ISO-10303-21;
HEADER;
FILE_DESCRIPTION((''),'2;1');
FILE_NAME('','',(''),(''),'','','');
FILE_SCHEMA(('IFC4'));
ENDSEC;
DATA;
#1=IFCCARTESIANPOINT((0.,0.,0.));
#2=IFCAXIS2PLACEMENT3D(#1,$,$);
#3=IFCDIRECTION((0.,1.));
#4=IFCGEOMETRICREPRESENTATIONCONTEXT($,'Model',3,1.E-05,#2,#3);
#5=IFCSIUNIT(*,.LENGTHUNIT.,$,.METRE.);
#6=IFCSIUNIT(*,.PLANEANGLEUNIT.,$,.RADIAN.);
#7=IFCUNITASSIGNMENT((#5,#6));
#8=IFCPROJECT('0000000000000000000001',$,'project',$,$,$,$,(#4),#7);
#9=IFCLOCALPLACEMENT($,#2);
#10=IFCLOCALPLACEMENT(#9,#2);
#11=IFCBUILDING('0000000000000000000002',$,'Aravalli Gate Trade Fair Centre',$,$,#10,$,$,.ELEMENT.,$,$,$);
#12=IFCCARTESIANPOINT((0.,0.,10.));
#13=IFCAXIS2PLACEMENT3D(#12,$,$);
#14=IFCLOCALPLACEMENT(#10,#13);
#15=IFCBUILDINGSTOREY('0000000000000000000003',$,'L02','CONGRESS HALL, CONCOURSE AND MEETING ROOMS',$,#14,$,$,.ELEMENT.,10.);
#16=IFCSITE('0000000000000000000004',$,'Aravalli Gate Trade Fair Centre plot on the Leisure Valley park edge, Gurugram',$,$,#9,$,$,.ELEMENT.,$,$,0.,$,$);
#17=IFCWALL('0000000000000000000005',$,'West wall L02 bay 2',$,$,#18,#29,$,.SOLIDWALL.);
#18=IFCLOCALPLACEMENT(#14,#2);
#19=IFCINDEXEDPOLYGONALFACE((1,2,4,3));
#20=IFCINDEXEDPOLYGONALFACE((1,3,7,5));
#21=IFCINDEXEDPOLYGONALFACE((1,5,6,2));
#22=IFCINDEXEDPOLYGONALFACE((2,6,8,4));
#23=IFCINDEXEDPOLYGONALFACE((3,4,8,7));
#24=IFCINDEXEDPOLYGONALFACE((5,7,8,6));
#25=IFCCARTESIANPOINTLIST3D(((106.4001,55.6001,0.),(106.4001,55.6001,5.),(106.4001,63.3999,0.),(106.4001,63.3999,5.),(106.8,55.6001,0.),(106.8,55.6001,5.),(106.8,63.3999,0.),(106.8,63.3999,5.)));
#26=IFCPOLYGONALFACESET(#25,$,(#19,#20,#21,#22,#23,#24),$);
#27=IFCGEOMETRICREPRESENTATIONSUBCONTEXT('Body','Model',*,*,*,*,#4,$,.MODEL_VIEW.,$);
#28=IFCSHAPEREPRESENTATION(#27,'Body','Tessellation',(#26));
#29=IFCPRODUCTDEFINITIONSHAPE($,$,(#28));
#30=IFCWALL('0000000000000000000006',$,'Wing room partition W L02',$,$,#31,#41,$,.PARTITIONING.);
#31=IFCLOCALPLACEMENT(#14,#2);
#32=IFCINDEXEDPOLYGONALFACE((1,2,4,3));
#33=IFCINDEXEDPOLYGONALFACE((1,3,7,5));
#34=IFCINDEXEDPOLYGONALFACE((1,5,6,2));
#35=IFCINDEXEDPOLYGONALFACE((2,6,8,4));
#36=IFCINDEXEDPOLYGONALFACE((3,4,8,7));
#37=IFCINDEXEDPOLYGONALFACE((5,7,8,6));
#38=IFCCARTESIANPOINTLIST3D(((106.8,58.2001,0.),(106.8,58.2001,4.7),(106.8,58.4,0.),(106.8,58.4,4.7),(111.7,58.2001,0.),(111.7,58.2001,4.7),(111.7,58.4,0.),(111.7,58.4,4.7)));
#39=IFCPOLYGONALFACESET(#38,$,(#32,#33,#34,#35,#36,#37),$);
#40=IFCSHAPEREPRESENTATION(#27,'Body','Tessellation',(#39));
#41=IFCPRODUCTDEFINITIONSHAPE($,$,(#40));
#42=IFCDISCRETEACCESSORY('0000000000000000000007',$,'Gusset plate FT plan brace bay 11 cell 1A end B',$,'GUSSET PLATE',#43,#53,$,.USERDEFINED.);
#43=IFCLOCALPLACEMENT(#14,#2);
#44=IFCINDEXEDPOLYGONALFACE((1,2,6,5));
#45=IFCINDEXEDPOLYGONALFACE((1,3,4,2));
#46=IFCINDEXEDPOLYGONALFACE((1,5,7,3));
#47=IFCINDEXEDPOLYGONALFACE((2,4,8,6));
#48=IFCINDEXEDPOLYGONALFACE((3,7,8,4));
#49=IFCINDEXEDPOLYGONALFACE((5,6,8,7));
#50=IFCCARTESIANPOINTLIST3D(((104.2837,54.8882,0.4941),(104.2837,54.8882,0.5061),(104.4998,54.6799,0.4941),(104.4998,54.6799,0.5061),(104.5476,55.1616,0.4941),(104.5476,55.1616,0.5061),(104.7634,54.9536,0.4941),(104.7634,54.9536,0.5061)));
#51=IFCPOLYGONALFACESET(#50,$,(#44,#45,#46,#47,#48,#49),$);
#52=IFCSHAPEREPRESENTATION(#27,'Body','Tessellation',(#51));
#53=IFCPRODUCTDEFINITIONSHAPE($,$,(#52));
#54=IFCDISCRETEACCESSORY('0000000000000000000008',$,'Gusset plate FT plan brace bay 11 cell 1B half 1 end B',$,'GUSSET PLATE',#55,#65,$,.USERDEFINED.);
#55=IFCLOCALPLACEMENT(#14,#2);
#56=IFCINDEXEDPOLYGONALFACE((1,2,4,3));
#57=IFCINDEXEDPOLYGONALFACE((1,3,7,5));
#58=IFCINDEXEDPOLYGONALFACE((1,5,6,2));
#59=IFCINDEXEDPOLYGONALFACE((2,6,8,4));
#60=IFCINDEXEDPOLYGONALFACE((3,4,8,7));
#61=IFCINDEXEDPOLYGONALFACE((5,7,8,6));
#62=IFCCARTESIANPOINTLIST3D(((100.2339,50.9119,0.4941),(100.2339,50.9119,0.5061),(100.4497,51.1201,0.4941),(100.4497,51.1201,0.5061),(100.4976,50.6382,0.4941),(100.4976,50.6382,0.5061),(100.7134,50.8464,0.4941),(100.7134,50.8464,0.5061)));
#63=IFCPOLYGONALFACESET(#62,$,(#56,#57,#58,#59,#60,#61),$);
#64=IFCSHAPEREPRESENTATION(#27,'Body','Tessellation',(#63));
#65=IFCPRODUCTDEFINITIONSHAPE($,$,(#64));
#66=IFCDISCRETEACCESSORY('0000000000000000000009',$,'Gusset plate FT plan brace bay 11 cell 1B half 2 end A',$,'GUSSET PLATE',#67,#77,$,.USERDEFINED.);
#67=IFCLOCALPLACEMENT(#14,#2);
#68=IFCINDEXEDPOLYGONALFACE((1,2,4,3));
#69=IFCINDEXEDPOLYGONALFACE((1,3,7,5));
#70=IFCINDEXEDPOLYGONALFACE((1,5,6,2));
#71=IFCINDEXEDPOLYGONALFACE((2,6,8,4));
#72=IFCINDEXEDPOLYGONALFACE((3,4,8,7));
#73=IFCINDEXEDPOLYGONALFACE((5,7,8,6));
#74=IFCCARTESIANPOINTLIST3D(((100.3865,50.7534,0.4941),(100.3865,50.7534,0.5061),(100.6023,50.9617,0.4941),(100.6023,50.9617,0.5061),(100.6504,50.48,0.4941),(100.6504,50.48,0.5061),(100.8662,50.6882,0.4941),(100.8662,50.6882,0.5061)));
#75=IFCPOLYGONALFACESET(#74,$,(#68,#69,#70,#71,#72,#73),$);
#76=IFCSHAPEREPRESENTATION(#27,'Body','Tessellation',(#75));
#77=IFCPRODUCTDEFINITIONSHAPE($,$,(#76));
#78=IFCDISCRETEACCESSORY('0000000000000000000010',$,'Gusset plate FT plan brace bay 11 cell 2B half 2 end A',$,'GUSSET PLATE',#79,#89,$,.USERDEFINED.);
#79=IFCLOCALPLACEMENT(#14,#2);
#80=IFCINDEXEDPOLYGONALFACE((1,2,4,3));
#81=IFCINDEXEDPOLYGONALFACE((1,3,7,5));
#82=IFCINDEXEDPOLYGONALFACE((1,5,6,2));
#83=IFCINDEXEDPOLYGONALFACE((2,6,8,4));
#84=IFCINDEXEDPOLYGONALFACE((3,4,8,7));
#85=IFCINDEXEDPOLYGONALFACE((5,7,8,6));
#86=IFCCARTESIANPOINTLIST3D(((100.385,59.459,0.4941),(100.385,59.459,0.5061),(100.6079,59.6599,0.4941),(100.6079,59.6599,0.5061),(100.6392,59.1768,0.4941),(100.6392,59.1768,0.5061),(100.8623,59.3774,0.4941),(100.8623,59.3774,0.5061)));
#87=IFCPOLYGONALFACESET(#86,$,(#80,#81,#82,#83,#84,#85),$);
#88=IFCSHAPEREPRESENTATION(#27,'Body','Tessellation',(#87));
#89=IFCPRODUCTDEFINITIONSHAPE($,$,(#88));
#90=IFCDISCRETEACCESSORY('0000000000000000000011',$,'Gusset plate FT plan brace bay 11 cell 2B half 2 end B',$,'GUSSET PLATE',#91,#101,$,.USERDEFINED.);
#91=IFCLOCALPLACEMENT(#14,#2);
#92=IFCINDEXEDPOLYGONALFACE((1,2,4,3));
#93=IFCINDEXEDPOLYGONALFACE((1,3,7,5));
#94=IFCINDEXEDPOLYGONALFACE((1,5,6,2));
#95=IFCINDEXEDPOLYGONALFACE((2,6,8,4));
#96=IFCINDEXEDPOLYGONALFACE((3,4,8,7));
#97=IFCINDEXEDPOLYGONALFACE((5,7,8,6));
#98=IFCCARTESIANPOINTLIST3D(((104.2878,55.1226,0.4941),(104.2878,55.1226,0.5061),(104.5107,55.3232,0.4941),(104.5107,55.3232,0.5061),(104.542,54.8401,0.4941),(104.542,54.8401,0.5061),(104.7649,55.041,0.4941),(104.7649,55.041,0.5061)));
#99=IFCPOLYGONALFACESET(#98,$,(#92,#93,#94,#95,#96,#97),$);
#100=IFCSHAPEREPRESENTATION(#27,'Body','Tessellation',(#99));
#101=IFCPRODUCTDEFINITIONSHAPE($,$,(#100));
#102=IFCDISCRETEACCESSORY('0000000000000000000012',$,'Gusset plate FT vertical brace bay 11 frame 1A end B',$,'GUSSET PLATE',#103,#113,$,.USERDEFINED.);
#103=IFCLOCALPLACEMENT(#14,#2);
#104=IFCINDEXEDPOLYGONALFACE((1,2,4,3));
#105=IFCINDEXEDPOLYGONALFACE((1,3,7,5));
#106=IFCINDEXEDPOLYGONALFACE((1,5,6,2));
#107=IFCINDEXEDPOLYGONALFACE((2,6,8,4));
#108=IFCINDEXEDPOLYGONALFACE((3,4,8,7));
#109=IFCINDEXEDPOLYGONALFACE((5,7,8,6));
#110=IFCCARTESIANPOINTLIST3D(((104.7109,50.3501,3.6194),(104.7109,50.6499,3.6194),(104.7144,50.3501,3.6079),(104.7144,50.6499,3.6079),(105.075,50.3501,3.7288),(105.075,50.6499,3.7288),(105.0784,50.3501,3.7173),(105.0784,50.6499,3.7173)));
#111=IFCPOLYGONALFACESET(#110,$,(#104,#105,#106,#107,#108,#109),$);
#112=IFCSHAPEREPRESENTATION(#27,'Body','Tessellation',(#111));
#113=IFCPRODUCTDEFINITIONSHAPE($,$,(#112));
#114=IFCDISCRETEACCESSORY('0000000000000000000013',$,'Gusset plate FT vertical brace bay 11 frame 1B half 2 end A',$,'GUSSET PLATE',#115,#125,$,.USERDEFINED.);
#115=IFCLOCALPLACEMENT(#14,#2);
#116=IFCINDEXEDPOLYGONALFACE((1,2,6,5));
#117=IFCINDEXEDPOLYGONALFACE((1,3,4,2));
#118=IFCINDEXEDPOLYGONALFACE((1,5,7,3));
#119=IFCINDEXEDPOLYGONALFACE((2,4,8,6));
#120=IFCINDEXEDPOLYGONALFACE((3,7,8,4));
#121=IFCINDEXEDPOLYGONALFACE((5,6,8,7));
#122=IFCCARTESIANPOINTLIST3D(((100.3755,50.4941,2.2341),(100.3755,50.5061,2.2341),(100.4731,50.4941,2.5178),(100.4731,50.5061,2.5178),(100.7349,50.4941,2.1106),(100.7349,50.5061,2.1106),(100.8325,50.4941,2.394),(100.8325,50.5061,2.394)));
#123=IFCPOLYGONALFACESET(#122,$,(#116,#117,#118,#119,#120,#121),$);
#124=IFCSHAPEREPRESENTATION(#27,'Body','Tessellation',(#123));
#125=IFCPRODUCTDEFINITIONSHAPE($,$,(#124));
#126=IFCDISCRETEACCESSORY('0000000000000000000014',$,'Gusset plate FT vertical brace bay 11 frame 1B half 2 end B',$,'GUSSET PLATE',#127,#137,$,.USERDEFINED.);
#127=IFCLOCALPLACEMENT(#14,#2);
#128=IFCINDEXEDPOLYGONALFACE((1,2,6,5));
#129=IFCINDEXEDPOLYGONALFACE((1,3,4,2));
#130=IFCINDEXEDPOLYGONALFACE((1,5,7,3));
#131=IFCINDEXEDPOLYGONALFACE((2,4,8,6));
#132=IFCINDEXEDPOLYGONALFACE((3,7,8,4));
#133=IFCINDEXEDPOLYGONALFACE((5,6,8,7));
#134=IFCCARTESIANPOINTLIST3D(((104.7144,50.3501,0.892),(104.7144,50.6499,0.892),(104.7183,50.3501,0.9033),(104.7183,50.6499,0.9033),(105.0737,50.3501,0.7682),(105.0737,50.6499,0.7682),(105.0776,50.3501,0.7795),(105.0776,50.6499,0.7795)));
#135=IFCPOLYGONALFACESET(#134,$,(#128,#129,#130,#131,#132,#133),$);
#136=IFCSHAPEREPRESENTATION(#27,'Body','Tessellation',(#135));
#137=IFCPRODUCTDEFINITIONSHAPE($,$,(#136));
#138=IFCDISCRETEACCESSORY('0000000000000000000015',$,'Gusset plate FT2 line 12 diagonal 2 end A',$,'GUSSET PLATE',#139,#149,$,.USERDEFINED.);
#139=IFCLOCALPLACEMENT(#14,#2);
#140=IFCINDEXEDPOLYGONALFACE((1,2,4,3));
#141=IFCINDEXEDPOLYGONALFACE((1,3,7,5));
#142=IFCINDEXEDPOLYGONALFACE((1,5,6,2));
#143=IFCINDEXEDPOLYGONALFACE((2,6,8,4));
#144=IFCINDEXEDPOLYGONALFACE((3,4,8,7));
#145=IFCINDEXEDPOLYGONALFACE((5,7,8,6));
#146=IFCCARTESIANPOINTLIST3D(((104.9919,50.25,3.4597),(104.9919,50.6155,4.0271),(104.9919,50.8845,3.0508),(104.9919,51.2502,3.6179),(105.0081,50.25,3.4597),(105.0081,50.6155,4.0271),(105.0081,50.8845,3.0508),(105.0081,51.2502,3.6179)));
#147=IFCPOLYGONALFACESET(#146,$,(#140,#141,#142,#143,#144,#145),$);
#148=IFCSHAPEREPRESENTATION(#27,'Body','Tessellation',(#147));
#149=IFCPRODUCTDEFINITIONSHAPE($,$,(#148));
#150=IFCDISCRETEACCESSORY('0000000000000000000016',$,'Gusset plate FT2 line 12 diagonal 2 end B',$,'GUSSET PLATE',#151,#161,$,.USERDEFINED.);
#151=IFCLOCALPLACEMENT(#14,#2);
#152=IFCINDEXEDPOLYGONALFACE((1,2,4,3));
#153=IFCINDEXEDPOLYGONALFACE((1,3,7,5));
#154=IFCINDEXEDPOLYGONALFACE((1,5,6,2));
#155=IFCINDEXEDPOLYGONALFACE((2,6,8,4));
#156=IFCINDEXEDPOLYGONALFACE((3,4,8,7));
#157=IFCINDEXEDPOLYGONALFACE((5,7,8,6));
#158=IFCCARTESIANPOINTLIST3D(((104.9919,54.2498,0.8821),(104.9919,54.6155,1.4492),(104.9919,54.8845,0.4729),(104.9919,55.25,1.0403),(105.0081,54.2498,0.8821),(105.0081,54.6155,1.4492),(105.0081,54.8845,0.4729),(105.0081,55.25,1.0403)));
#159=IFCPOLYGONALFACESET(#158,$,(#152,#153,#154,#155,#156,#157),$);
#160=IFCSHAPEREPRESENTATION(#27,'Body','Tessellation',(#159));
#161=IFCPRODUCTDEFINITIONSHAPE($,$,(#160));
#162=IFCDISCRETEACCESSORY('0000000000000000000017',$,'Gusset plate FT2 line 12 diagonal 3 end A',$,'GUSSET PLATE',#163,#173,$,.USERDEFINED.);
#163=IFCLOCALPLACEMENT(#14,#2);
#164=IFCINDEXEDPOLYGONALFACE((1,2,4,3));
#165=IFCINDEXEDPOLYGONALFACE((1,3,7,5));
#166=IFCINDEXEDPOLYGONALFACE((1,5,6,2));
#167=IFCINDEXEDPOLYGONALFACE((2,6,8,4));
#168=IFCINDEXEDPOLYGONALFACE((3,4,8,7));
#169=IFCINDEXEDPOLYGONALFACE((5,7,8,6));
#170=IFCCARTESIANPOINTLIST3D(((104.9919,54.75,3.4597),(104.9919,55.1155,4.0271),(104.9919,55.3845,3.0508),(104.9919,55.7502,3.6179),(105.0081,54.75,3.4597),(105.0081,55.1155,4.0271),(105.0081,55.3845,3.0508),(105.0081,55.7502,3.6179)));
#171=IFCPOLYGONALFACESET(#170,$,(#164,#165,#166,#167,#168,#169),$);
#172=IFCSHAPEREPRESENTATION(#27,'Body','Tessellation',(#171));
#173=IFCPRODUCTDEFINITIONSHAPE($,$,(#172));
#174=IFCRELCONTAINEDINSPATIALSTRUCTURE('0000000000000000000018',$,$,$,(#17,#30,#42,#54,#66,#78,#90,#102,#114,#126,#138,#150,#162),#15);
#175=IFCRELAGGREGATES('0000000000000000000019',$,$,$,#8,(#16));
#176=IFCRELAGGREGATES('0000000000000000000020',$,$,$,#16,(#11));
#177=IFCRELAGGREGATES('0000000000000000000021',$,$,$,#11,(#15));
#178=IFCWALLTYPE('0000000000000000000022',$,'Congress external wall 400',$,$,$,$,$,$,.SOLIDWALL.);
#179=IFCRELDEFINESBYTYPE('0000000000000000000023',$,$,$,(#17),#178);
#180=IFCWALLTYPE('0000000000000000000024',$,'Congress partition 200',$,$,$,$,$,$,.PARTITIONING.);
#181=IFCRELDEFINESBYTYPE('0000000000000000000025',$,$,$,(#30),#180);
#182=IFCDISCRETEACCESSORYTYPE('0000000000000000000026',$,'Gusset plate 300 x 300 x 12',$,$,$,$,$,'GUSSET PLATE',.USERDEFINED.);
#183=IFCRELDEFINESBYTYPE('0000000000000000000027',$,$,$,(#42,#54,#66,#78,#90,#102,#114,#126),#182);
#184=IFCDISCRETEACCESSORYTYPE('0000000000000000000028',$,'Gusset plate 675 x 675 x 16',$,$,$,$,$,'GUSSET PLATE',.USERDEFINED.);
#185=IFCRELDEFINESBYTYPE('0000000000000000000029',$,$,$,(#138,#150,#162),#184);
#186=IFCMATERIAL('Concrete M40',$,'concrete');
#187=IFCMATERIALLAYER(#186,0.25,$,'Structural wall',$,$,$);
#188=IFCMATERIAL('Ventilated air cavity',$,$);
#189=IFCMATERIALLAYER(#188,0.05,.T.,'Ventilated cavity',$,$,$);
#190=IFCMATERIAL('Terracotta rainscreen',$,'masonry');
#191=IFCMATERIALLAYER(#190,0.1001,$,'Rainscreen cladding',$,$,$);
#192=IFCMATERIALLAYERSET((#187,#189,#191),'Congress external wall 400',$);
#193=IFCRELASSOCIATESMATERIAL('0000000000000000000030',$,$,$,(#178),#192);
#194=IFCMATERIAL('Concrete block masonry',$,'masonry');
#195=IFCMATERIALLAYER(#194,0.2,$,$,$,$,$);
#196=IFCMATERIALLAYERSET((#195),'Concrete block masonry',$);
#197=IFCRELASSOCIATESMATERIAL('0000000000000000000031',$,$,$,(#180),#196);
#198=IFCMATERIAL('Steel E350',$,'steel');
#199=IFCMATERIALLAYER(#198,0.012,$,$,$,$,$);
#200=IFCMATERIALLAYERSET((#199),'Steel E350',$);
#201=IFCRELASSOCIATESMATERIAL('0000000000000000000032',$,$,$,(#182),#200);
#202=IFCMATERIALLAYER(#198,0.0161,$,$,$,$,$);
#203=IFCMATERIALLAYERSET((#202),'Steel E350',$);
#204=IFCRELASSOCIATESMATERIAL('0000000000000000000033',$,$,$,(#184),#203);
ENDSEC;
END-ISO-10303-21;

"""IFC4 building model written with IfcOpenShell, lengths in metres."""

from ifc_helpers import new_model, si_unit, direction, frame, frame_2d, origin, place, context, subcontext, project, spatial, polyline, rectangle, outline, extrude, material, layer, layer_set, type_object, element, save


model = new_model("IFC4")

# Units and contexts
model_context = context("Model", 3, precision=1e-05, world=origin(), true_north=direction((0.0, 1.0)))
body_context = subcontext(model_context, "Body", "Model", "MODEL_VIEW")
ifc_project = project(units=[si_unit("LENGTHUNIT", "METRE"), si_unit("PLANEANGLEUNIT", "RADIAN")], contexts=[model_context])

# Site, building, storey
site_placement = place(None, origin())
site = spatial("IfcSite", under=ifc_project, at=site_placement, Name="Aravalli Gate Trade Fair Centre plot on the Leisure Valley park edge, Gurugram", CompositionType="ELEMENT", RefElevation=0.0)
building_placement = place(site_placement, origin())
building = spatial("IfcBuilding", under=site, at=building_placement, Name="Aravalli Gate Trade Fair Centre", CompositionType="ELEMENT")
storey_placement = place(building_placement, frame((0.0, 0.0, 10.0)))
storey = spatial("IfcBuildingStorey", under=building, at=storey_placement, Name="L02", Description="CONGRESS HALL, CONCOURSE AND MEETING ROOMS", CompositionType="ELEMENT", Elevation=10.0)

# Shared definitions
ifc_material_1 = material(Name="Steel E350", Category="steel")

# Walls
ifc_material_2 = material(Name="Concrete M40", Category="concrete")
ifc_layer_1 = layer(ifc_material_2, 0.25, Name="Structural wall")
ifc_material_3 = material(Name="Ventilated air cavity")
ifc_layer_2 = layer(ifc_material_3, 0.05, ventilated=True, Name="Ventilated cavity")
ifc_material_4 = material(Name="Terracotta rainscreen", Category="masonry")
ifc_layer_3 = layer(ifc_material_4, 0.1001, Name="Rainscreen cladding")
ifc_layer_set_1 = layer_set([ifc_layer_1, ifc_layer_2, ifc_layer_3], Name="Congress external wall 400")
wall_type_1 = type_object("IfcWallType", Name="Congress external wall 400", PredefinedType="SOLIDWALL", material=ifc_layer_set_1)
wall_1_placement = place(storey_placement, frame((106.6001, 55.6001, 0.0), z_axis=(0.0, 0.0, 1.0), x_axis=(0.0, 1.0, 0.0)))
element("IfcWall", 1, at=wall_1_placement, inside=storey, type_object=wall_type_1, Name="West wall L02 bay 2", PredefinedType="SOLIDWALL", context=body_context, shape_type="SweptSolid", body=[
    extrude(rectangle(XDim=7.7998, YDim=0.3999, at=frame_2d((3.8999, 0.0))), origin(), (0.0, 0.0, 1.0), 5.0),
])
ifc_material_5 = material(Name="Concrete block masonry", Category="masonry")
ifc_layer_4 = layer(ifc_material_5, 0.2)
ifc_layer_set_2 = layer_set([ifc_layer_4], Name="Concrete block masonry")
wall_type_2 = type_object("IfcWallType", Name="Congress partition 200", PredefinedType="PARTITIONING", material=ifc_layer_set_2)
wall_2_placement = place(storey_placement, frame((106.8, 58.3, 0.0), z_axis=(0.0, 0.0, 1.0), x_axis=(1.0, 0.0, 0.0)))
element("IfcWall", 2, at=wall_2_placement, inside=storey, type_object=wall_type_2, Name="Wing room partition W L02", PredefinedType="PARTITIONING", context=body_context, shape_type="SweptSolid", body=[
    extrude(rectangle(XDim=4.8999, YDim=0.2, at=frame_2d((2.45, 0.0))), origin(), (0.0, 0.0, 1.0), 4.7),
])

# Discrete accessories
ifc_layer_5 = layer(ifc_material_1, 0.012)
ifc_layer_set_3 = layer_set([ifc_layer_5], Name="Steel E350")
discrete_accessory_type_1 = type_object("IfcDiscreteAccessoryType", Name="Gusset plate 300 x 300 x 12", ElementType="GUSSET PLATE", PredefinedType="USERDEFINED", material=ifc_layer_set_3)
discrete_accessory_1_placement = place(storey_placement, frame((104.2837, 54.8882, 0.5061), z_axis=(0.0, 0.0, 1.0), x_axis=(0.694468, 0.719523, 0.0)))
element("IfcDiscreteAccessory", 3, at=discrete_accessory_1_placement, inside=storey, type_object=discrete_accessory_type_1, Name="Gusset plate FT plan brace bay 11 cell 1A end B", ObjectType="GUSSET PLATE", PredefinedType="USERDEFINED", context=body_context, shape_type="SweptSolid", body=[
    extrude(outline(polyline([(0.0, 0.0), (0.38, 0.0), (0.3802, -0.2997), (0.0002, -0.3001), (0.0, 0.0)])), origin(), (0.0, 0.0, -1.0), 0.012),
])
discrete_accessory_2_placement = place(storey_placement, frame((100.2339, 50.9119, 0.5061), z_axis=(0.0, 0.0, 1.0), x_axis=(0.693815, -0.720154, 0.0)))
element("IfcDiscreteAccessory", 4, at=discrete_accessory_2_placement, inside=storey, type_object=discrete_accessory_type_1, Name="Gusset plate FT plan brace bay 11 cell 1B half 1 end B", ObjectType="GUSSET PLATE", PredefinedType="USERDEFINED", context=body_context, shape_type="SweptSolid", body=[
    extrude(outline(polyline([(0.0, 0.0), (0.38, 0.0), (0.3798, 0.2999), (-0.0002, 0.2999), (0.0, 0.0)])), origin(), (0.0, 0.0, -1.0), 0.012),
])
discrete_accessory_3_placement = place(storey_placement, frame((100.6504, 50.48, 0.5061), z_axis=(0.0, 0.0, 1.0), x_axis=(-0.694468, 0.719523, 0.0)))
element("IfcDiscreteAccessory", 5, at=discrete_accessory_3_placement, inside=storey, type_object=discrete_accessory_type_1, Name="Gusset plate FT plan brace bay 11 cell 1B half 2 end A", ObjectType="GUSSET PLATE", PredefinedType="USERDEFINED", context=body_context, shape_type="SweptSolid", body=[
    extrude(outline(polyline([(0.0, 0.0), (0.38, 0.0), (0.38, -0.2999), (0.0, -0.2999), (0.0, 0.0)])), origin(), (0.0, 0.0, -1.0), 0.012),
])
discrete_accessory_4_placement = place(storey_placement, frame((100.6392, 59.1768, 0.5061), z_axis=(0.0, 0.0, 1.0), x_axis=(-0.669178, 0.743102, 0.0)))
element("IfcDiscreteAccessory", 6, at=discrete_accessory_4_placement, inside=storey, type_object=discrete_accessory_type_1, Name="Gusset plate FT plan brace bay 11 cell 2B half 2 end A", ObjectType="GUSSET PLATE", PredefinedType="USERDEFINED", context=body_context, shape_type="SweptSolid", body=[
    extrude(outline(polyline([(0.0, 0.0), (0.3798, 0.0), (0.3799, -0.3001), (-0.0002, -0.3001), (0.0, 0.0)])), origin(), (0.0, 0.0, -1.0), 0.012),
])
discrete_accessory_5_placement = place(storey_placement, frame((104.2878, 55.1226, 0.5061), z_axis=(0.0, 0.0, 1.0), x_axis=(0.668858, -0.74339, 0.0)))
element("IfcDiscreteAccessory", 7, at=discrete_accessory_5_placement, inside=storey, type_object=discrete_accessory_type_1, Name="Gusset plate FT plan brace bay 11 cell 2B half 2 end B", ObjectType="GUSSET PLATE", PredefinedType="USERDEFINED", context=body_context, shape_type="SweptSolid", body=[
    extrude(outline(polyline([(0.0, 0.0), (0.38, 0.0), (0.3797, 0.3001), (-0.0001, 0.2999), (0.0, 0.0)])), origin(), (0.0, 0.0, -1.0), 0.012),
])
discrete_accessory_6_placement = place(storey_placement, frame((104.7109, 50.3501, 3.6194), z_axis=(-0.28776, 0.0, 0.957702), x_axis=(0.957702, 0.0, 0.28776)))
element("IfcDiscreteAccessory", 8, at=discrete_accessory_6_placement, inside=storey, type_object=discrete_accessory_type_1, Name="Gusset plate FT vertical brace bay 11 frame 1A end B", ObjectType="GUSSET PLATE", PredefinedType="USERDEFINED", context=body_context, shape_type="SweptSolid", body=[
    extrude(outline(polyline([(0.0, 0.0), (0.3801, 0.0), (0.3801, 0.2998), (0.0, 0.2998), (0.0, 0.0)])), origin(), (0.0, 0.0, -1.0), 0.012),
])
discrete_accessory_7_placement = place(storey_placement, frame((100.7349, 50.5061, 2.1106), z_axis=(0.0, 1.0, 0.0), x_axis=(-0.945687, 0.0, 0.32508)))
element("IfcDiscreteAccessory", 9, at=discrete_accessory_7_placement, inside=storey, type_object=discrete_accessory_type_1, Name="Gusset plate FT vertical brace bay 11 frame 1B half 2 end A", ObjectType="GUSSET PLATE", PredefinedType="USERDEFINED", context=body_context, shape_type="SweptSolid", body=[
    extrude(outline(polyline([(0.0, 0.0), (0.38, 0.0), (0.3799, 0.3), (-0.0002, 0.2998), (0.0, 0.0)])), origin(), (0.0, 0.0, -1.0), 0.012),
])
discrete_accessory_8_placement = place(storey_placement, frame((104.7183, 50.3501, 0.9033), z_axis=(0.325654, 0.0, 0.945489), x_axis=(0.945489, 0.0, -0.325654)))
element("IfcDiscreteAccessory", 10, at=discrete_accessory_8_placement, inside=storey, type_object=discrete_accessory_type_1, Name="Gusset plate FT vertical brace bay 11 frame 1B half 2 end B", ObjectType="GUSSET PLATE", PredefinedType="USERDEFINED", context=body_context, shape_type="SweptSolid", body=[
    extrude(outline(polyline([(0.0, 0.0), (0.3801, 0.0), (0.3801, 0.2998), (0.0, 0.2998), (0.0, 0.0)])), origin(), (0.0, 0.0, -1.0), 0.012),
])
ifc_layer_6 = layer(ifc_material_1, 0.0161)
ifc_layer_set_4 = layer_set([ifc_layer_6], Name="Steel E350")
discrete_accessory_type_2 = type_object("IfcDiscreteAccessoryType", Name="Gusset plate 675 x 675 x 16", ElementType="GUSSET PLATE", PredefinedType="USERDEFINED", material=ifc_layer_set_4)
discrete_accessory_9_placement = place(storey_placement, frame((104.9919, 50.8845, 3.0508), z_axis=(-1.0, 0.0, 0.0), x_axis=(0.0, -0.840558, 0.541722)))
element("IfcDiscreteAccessory", 11, at=discrete_accessory_9_placement, inside=storey, type_object=discrete_accessory_type_2, Name="Gusset plate FT2 line 12 diagonal 2 end A", ObjectType="GUSSET PLATE", PredefinedType="USERDEFINED", context=body_context, shape_type="SweptSolid", body=[
    extrude(outline(polyline([(0.0, 0.0), (0.7549, 0.0), (0.755, 0.6749), (-0.0002, 0.6748), (0.0, 0.0)])), origin(), (0.0, 0.0, -1.0), 0.0161),
])
discrete_accessory_10_placement = place(storey_placement, frame((105.0081, 54.2498, 0.8821), z_axis=(1.0, 0.0, 0.0), x_axis=(0.0, 0.840506, -0.541803)))
element("IfcDiscreteAccessory", 12, at=discrete_accessory_10_placement, inside=storey, type_object=discrete_accessory_type_2, Name="Gusset plate FT2 line 12 diagonal 2 end B", ObjectType="GUSSET PLATE", PredefinedType="USERDEFINED", context=body_context, shape_type="SweptSolid", body=[
    extrude(outline(polyline([(0.0, 0.0), (0.7552, 0.0), (0.755, 0.6749), (0.0001, 0.6748), (0.0, 0.0)])), origin(), (0.0, 0.0, -1.0), 0.0161),
])
discrete_accessory_11_placement = place(storey_placement, frame((104.9919, 55.3845, 3.0508), z_axis=(-1.0, 0.0, 0.0), x_axis=(0.0, -0.840558, 0.541722)))
element("IfcDiscreteAccessory", 13, at=discrete_accessory_11_placement, inside=storey, type_object=discrete_accessory_type_2, Name="Gusset plate FT2 line 12 diagonal 3 end A", ObjectType="GUSSET PLATE", PredefinedType="USERDEFINED", context=body_context, shape_type="SweptSolid", body=[
    extrude(outline(polyline([(0.0, 0.0), (0.7549, 0.0), (0.755, 0.6749), (-0.0002, 0.6748), (0.0, 0.0)])), origin(), (0.0, 0.0, -1.0), 0.0161),
])

save(model, "model.ifc")
